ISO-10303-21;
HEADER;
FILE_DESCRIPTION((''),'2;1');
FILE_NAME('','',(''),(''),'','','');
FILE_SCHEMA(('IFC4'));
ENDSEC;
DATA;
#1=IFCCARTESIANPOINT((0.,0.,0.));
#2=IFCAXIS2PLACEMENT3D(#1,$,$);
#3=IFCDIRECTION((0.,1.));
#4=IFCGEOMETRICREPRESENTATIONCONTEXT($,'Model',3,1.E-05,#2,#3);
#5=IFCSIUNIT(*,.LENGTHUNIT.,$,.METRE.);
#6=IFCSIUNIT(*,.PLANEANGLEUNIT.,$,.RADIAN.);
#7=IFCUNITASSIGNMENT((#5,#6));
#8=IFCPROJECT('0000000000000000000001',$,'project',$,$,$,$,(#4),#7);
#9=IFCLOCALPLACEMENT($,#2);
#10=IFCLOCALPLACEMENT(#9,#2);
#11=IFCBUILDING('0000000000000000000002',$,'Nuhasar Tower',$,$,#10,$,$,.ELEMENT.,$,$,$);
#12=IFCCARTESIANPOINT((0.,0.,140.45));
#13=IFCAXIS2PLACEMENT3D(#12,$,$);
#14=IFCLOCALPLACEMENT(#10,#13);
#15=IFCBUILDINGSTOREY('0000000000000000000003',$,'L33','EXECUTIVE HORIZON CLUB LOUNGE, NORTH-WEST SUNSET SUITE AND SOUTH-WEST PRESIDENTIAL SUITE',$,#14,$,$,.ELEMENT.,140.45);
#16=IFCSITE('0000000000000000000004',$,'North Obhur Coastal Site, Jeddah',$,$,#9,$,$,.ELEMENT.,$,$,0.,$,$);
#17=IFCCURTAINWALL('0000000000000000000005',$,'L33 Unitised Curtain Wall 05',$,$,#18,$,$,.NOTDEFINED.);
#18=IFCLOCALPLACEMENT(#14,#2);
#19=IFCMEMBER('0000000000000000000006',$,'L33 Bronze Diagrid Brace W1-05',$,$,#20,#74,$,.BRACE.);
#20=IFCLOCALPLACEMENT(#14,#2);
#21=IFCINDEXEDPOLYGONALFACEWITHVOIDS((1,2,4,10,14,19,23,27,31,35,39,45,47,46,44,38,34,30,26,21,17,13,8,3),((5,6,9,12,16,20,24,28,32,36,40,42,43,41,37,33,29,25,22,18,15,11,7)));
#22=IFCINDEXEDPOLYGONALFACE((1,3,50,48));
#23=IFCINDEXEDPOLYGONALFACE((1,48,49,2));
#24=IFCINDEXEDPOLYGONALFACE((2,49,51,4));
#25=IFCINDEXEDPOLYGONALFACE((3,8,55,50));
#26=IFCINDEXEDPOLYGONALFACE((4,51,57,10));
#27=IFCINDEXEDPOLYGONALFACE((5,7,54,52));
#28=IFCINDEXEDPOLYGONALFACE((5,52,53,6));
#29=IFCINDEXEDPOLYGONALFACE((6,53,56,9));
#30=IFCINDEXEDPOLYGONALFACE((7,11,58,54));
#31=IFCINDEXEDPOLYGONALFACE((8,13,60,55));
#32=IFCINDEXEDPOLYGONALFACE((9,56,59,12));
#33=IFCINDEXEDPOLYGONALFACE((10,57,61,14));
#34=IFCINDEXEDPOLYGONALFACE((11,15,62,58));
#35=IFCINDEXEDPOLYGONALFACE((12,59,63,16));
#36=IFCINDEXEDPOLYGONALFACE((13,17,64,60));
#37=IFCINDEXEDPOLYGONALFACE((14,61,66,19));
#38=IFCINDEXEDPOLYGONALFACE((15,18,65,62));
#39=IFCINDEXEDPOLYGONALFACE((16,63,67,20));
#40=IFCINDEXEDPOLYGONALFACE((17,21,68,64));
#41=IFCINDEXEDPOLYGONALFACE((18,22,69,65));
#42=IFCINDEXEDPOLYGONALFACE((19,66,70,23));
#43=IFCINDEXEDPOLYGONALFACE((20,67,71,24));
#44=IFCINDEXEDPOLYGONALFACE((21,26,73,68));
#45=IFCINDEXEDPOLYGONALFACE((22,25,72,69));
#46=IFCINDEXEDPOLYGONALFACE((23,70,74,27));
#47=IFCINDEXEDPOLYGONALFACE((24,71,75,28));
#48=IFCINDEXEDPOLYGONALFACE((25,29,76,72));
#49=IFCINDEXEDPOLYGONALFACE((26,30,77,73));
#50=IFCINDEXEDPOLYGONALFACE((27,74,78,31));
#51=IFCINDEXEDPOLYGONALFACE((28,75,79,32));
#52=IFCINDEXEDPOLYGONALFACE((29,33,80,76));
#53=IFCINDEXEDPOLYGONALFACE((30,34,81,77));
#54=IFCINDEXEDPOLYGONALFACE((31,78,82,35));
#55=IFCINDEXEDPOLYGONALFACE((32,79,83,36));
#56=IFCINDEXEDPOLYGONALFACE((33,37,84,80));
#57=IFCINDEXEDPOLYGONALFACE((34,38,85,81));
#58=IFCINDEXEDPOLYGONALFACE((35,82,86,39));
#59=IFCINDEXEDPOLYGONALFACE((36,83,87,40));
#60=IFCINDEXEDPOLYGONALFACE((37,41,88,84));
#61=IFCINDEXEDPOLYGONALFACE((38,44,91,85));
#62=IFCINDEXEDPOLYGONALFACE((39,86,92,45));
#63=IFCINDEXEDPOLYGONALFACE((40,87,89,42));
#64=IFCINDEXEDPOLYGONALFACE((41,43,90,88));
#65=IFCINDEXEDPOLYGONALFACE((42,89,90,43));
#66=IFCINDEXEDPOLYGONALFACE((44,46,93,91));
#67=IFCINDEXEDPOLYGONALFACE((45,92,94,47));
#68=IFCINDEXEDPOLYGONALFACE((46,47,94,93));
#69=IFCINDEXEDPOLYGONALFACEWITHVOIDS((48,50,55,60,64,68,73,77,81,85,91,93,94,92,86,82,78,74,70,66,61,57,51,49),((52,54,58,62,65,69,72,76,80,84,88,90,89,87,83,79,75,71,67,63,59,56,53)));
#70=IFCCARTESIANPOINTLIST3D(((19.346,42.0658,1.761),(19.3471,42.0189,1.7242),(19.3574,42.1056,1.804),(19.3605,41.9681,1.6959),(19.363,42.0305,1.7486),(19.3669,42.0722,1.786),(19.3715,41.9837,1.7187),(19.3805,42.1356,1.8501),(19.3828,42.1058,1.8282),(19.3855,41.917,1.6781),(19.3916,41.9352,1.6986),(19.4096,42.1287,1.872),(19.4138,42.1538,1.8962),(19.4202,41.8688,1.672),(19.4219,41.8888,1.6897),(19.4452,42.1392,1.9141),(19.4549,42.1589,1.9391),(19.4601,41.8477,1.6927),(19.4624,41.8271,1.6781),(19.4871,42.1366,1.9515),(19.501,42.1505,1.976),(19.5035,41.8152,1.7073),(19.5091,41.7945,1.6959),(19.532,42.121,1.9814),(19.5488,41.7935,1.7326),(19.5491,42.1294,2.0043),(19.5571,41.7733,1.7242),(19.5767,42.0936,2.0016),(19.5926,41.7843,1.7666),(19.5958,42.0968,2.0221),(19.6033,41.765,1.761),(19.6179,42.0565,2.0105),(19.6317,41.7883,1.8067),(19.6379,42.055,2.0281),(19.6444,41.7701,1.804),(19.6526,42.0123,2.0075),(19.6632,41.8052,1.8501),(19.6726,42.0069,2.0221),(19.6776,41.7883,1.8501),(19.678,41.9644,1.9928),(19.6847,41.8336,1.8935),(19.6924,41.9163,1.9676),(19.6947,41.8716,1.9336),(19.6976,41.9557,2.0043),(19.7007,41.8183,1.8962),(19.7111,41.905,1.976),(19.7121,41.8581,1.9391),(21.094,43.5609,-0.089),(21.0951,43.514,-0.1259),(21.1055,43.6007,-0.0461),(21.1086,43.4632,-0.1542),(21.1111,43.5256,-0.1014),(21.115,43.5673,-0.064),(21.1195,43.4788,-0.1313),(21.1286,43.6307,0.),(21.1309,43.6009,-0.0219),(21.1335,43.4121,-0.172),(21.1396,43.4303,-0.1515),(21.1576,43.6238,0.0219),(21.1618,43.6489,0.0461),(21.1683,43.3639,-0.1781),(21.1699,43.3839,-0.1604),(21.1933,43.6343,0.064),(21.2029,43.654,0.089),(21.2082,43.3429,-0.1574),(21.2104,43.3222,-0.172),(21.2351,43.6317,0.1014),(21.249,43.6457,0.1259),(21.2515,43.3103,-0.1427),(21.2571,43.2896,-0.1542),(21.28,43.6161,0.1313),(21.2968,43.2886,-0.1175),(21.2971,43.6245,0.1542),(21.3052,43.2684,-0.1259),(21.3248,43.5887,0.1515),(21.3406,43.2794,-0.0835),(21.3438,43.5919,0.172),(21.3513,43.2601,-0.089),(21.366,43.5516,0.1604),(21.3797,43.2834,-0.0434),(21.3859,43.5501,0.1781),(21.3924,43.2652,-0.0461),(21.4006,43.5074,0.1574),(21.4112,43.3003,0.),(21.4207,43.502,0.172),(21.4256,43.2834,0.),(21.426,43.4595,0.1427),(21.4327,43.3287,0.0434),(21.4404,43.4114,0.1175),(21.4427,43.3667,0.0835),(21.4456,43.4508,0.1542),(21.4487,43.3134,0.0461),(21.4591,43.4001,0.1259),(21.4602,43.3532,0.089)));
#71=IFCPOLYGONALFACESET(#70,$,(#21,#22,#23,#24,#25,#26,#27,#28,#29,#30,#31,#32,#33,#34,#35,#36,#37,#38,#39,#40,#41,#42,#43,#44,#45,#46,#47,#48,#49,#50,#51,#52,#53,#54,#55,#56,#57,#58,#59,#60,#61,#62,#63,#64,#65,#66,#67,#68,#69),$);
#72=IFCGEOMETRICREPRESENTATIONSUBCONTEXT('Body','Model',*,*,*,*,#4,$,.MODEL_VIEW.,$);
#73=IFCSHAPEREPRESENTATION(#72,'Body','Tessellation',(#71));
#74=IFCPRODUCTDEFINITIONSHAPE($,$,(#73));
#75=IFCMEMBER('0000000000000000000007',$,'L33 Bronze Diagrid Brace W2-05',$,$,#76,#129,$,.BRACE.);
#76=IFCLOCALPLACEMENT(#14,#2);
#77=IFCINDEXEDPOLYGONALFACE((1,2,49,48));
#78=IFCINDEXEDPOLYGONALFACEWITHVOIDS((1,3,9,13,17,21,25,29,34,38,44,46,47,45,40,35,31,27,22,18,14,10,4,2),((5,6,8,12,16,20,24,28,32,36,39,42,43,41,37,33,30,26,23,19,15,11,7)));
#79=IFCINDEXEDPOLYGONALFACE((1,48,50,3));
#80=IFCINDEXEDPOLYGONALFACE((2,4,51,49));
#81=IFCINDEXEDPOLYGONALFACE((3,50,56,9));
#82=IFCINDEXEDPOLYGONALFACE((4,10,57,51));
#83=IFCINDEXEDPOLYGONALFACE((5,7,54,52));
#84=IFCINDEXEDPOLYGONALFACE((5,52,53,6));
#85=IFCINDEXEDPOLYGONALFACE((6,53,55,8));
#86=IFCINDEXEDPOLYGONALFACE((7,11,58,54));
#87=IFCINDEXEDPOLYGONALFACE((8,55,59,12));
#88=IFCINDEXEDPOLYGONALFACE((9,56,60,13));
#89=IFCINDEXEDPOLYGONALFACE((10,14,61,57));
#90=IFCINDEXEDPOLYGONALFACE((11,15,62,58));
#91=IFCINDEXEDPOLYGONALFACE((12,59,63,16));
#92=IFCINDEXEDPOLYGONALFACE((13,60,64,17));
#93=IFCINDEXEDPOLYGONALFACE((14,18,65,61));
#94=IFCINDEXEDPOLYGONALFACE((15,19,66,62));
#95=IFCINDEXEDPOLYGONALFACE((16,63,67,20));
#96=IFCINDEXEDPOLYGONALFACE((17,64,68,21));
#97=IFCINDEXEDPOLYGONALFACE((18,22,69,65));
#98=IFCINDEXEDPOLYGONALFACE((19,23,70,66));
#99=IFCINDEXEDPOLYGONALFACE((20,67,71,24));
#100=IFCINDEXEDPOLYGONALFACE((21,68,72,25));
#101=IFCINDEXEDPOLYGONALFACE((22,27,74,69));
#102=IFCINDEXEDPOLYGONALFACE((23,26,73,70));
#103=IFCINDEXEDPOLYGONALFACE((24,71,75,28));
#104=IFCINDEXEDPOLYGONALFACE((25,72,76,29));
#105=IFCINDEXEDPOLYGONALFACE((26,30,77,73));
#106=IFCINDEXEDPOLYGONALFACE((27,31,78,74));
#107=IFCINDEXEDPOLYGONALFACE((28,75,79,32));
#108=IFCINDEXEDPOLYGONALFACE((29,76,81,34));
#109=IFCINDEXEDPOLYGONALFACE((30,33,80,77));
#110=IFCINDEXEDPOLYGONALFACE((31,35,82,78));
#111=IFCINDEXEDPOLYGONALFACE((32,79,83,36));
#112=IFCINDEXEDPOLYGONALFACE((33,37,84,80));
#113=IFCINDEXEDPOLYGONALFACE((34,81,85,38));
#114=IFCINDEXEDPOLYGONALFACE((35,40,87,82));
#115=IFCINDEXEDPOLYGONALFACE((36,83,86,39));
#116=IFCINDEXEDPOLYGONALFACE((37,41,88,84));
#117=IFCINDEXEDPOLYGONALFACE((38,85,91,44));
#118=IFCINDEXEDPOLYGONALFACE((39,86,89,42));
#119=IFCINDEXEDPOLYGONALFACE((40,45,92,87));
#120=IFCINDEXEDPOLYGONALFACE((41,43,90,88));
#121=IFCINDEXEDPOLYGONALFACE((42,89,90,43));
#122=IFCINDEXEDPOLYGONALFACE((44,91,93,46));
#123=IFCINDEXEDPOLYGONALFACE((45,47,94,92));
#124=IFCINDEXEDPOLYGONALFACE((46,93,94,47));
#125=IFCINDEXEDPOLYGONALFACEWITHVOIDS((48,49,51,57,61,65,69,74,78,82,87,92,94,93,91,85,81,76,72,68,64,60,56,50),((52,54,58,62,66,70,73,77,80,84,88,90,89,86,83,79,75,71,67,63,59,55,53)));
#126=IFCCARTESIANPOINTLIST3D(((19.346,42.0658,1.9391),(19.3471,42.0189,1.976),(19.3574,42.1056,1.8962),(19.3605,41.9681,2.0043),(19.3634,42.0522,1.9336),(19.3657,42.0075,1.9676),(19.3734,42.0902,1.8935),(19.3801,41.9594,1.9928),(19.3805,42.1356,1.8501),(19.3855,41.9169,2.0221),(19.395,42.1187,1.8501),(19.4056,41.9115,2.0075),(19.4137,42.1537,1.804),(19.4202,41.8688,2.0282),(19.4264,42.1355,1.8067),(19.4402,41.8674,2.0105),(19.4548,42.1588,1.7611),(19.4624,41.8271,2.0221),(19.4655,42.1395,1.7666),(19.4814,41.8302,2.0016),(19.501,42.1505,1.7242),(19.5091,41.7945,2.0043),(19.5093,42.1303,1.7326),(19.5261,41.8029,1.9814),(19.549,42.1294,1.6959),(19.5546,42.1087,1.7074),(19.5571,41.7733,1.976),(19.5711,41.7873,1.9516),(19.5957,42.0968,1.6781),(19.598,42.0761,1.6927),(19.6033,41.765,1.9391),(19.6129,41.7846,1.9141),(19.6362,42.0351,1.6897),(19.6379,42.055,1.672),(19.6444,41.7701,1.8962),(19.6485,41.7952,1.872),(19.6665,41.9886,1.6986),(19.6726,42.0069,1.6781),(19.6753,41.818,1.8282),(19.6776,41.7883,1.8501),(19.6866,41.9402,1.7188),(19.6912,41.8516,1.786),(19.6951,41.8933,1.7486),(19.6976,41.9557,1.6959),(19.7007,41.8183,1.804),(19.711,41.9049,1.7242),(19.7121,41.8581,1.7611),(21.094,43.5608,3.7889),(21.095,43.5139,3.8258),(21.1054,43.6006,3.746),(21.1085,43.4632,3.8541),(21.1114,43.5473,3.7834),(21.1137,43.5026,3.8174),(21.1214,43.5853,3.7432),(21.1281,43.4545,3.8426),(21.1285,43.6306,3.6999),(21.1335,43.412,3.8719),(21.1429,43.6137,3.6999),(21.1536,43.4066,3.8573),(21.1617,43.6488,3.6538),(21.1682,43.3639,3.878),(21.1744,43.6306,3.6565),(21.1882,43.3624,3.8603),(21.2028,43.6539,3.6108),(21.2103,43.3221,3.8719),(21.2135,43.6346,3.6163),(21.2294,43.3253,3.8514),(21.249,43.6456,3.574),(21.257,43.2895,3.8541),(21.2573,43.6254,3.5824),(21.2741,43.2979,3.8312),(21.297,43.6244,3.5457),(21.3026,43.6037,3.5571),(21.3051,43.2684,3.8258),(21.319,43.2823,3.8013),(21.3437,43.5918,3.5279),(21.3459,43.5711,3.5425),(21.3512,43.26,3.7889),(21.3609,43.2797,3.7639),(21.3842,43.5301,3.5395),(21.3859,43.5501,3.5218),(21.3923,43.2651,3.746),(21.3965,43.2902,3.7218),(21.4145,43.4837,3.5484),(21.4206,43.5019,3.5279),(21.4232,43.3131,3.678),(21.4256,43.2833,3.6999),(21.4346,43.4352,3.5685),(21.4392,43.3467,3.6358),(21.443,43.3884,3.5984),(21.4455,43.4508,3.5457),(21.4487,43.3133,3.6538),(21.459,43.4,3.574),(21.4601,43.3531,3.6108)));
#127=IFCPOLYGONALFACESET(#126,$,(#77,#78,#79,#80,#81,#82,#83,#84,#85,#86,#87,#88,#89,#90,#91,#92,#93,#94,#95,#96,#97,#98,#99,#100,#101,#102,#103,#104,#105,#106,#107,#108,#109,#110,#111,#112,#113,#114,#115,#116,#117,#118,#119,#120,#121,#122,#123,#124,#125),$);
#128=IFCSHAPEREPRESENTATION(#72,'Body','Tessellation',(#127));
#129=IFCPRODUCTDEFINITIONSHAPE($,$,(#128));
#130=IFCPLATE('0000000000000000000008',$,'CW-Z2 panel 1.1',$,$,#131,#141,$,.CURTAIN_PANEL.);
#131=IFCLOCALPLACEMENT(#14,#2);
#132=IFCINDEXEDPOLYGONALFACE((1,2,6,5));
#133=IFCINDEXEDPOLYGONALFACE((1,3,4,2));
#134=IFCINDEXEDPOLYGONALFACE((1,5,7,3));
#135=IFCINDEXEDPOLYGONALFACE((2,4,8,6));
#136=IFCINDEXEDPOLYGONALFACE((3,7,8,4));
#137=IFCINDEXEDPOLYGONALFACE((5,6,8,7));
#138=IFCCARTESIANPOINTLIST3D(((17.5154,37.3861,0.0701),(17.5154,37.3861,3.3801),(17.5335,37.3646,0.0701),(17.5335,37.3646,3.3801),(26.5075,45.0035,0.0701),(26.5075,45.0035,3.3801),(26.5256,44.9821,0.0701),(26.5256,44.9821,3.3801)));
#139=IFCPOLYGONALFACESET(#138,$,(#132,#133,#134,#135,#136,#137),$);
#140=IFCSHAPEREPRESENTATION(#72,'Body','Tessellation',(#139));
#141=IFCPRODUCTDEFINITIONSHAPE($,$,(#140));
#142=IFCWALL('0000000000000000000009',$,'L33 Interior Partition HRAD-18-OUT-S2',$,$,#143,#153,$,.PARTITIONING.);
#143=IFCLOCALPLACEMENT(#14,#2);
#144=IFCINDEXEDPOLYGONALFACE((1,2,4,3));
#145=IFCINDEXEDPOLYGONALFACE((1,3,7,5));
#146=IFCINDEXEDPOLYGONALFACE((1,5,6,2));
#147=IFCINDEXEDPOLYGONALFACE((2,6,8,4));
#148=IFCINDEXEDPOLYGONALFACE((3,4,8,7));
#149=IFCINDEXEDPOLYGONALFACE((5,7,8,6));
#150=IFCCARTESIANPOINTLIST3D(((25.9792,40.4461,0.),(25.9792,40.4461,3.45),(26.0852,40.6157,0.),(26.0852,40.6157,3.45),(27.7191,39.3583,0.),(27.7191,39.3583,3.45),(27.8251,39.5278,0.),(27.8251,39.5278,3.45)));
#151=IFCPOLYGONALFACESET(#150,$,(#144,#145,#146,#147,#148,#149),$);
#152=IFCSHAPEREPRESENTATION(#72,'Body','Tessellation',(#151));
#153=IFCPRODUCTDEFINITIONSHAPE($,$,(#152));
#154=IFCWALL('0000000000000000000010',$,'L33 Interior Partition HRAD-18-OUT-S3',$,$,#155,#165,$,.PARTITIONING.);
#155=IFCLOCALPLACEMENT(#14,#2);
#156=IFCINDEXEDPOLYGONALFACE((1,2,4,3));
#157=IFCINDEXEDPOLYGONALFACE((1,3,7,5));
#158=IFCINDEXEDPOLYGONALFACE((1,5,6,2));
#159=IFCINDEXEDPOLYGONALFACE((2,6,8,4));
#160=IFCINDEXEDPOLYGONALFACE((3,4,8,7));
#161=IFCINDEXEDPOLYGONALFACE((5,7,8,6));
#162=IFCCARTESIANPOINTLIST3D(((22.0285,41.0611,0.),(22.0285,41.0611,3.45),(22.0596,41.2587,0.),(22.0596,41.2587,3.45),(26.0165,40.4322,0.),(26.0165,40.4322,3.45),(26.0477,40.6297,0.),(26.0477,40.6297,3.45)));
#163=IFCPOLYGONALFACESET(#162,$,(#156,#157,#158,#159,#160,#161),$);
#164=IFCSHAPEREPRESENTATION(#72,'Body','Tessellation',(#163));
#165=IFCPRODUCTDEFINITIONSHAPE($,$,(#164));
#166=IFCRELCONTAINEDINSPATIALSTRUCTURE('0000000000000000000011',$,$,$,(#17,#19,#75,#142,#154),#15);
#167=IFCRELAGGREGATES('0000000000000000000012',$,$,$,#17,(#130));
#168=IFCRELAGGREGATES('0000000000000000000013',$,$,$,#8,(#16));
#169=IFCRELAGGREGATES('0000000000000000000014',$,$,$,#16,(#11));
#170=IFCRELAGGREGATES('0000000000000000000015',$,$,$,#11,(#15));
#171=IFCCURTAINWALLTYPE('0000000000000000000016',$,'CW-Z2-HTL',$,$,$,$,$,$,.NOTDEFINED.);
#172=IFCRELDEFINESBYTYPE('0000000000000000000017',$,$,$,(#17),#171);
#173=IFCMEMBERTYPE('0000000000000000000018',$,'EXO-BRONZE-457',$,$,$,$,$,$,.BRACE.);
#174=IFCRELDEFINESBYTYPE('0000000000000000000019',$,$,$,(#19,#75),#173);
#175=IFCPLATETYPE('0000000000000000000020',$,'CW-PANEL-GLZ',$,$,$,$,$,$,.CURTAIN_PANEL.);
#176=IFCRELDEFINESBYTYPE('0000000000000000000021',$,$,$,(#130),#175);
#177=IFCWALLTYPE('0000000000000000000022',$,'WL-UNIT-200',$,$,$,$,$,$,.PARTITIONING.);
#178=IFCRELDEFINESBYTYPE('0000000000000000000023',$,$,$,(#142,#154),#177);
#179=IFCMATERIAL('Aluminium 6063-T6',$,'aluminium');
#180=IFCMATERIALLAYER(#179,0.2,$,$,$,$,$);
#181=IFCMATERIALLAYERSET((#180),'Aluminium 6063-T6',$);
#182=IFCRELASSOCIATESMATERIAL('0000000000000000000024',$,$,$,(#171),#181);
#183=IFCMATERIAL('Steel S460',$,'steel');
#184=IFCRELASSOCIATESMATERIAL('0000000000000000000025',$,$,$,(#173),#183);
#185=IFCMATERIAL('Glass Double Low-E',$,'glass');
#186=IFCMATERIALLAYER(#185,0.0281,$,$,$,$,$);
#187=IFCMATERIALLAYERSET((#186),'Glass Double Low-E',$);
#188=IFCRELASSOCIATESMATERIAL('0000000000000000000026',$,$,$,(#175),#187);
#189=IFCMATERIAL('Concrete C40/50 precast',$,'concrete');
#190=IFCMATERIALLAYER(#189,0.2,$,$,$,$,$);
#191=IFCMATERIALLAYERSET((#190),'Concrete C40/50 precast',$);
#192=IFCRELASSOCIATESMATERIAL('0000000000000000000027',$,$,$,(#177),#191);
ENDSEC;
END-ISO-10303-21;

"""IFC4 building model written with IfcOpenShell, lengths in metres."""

from ifc_helpers import new_model, si_unit, direction, frame, frame_2d, origin, origin_2d, place, context, subcontext, project, spatial, rectangle, hollow_circle, extrude, material, layer, layer_set, material_profile, profile_set, type_object, element, aggregate, save


model = new_model("IFC4")

# Units and contexts
model_context = context("Model", 3, precision=1e-05, world=origin(), true_north=direction((0.0, 1.0)))
body_context = subcontext(model_context, "Body", "Model", "MODEL_VIEW")
ifc_project = project(units=[si_unit("LENGTHUNIT", "METRE"), si_unit("PLANEANGLEUNIT", "RADIAN")], contexts=[model_context])

# Site, building, storey
site_placement = place(None, origin())
site = spatial("IfcSite", under=ifc_project, at=site_placement, Name="North Obhur Coastal Site, Jeddah", CompositionType="ELEMENT", RefElevation=0.0)
building_placement = place(site_placement, origin())
building = spatial("IfcBuilding", under=site, at=building_placement, Name="Nuhasar Tower", CompositionType="ELEMENT")
storey_placement = place(building_placement, frame((0.0, 0.0, 140.45)))
storey = spatial("IfcBuildingStorey", under=building, at=storey_placement, Name="L33", Description="EXECUTIVE HORIZON CLUB LOUNGE, NORTH-WEST SUNSET SUITE AND SOUTH-WEST PRESIDENTIAL SUITE", CompositionType="ELEMENT", Elevation=140.45)

# Shared definitions
ifc_material_1 = material(Name="Aluminium 6063-T6", Category="aluminium")
ifc_layer_1 = layer(ifc_material_1, 0.2)
ifc_layer_set_1 = layer_set([ifc_layer_1], Name="Aluminium 6063-T6")
curtain_wall_type = type_object("IfcCurtainWallType", Name="CW-Z2-HTL", PredefinedType="NOTDEFINED", material=ifc_layer_set_1)

# Curtain wall
curtain_wall_1_placement = place(storey_placement, origin())
curtain_wall_1 = element("IfcCurtainWall", 1, at=curtain_wall_1_placement, inside=storey, type_object=curtain_wall_type, Name="L33 Unitised Curtain Wall 05", PredefinedType="NOTDEFINED")

# Members
ifc_material_2 = material(Name="Steel S460", Category="steel")
ifc_material_profile_1 = material_profile(ifc_material_2, hollow_circle(Radius=0.2285, WallThickness=0.0222, at=origin_2d()), Name="HSS457X22.2")
ifc_profile_set_1 = profile_set([ifc_material_profile_1], Name="Steel S460")
member_type_1 = type_object("IfcMemberType", Name="EXO-BRONZE-457", PredefinedType="BRACE", material=ifc_profile_set_1)
member_1_placement = place(storey_placement, frame((21.2771, 43.457, 0.0), z_axis=(-0.59217, -0.506488, 0.626741), x_axis=(0.649987, -0.759945, 0.0)))
element("IfcMember", 2, at=member_1_placement, inside=storey, type_object=member_type_1, Name="L33 Bronze Diagrid Brace W1-05", PredefinedType="BRACE", context=body_context, shape_type="SweptSolid", body=[
    extrude(hollow_circle(Radius=0.2285, WallThickness=0.0222, at=origin_2d()), origin(), (0.0, 0.0, 1.0), 2.9519),
])
member_2_placement = place(storey_placement, frame((19.5291, 41.9619, 1.8501), z_axis=(0.592201, 0.506514, 0.626691), x_axis=(-0.649987, 0.759945, 0.0)))
element("IfcMember", 3, at=member_2_placement, inside=storey, type_object=member_type_1, Name="L33 Bronze Diagrid Brace W2-05", PredefinedType="BRACE", context=body_context, shape_type="SweptSolid", body=[
    extrude(hollow_circle(Radius=0.2285, WallThickness=0.0222, at=origin_2d()), origin(), (0.0, 0.0, 1.0), 2.9517),
])

# Plate
ifc_material_3 = material(Name="Glass Double Low-E", Category="glass")
ifc_layer_2 = layer(ifc_material_3, 0.0281)
ifc_layer_set_2 = layer_set([ifc_layer_2], Name="Glass Double Low-E")
plate_type = type_object("IfcPlateType", Name="CW-PANEL-GLZ", PredefinedType="CURTAIN_PANEL", material=ifc_layer_set_2)
plate_placement = place(storey_placement, frame((22.0205, 41.1841, 0.0701), z_axis=(0.0, 0.0, 1.0), x_axis=(-0.76302, -0.646374, 0.0)))
plate = element("IfcPlate", 4, at=plate_placement, type_object=plate_type, Name="CW-Z2 panel 1.1", PredefinedType="CURTAIN_PANEL", context=body_context, shape_type="SweptSolid", body=[
    extrude(rectangle(XDim=11.7849, YDim=0.0281, at=origin_2d()), origin(), (0.0, 0.0, 1.0), 3.3101),
])
aggregate(curtain_wall_1, [plate])

# Walls
ifc_material_4 = material(Name="Concrete C40/50 precast", Category="concrete")
ifc_layer_3 = layer(ifc_material_4, 0.2)
ifc_layer_set_3 = layer_set([ifc_layer_3], Name="Concrete C40/50 precast")
wall_type = type_object("IfcWallType", Name="WL-UNIT-200", PredefinedType="PARTITIONING", material=ifc_layer_set_3)
wall_1_placement = place(storey_placement, frame((27.772, 39.4431, 0.0), z_axis=(0.0, 0.0, 1.0), x_axis=(-0.847911, 0.530138, 0.0)))
element("IfcWall", 5, at=wall_1_placement, inside=storey, type_object=wall_type, Name="L33 Interior Partition HRAD-18-OUT-S2", PredefinedType="PARTITIONING", context=body_context, shape_type="SweptSolid", body=[
    extrude(rectangle(XDim=2.052, YDim=0.2, at=frame_2d((1.0259, 0.0))), origin(), (0.0, 0.0, 1.0), 3.45),
])
wall_2_placement = place(storey_placement, frame((26.032, 40.531, 0.0), z_axis=(0.0, 0.0, 1.0), x_axis=(-0.987793, 0.155773, 0.0)))
element("IfcWall", 6, at=wall_2_placement, inside=storey, type_object=wall_type, Name="L33 Interior Partition HRAD-18-OUT-S3", PredefinedType="PARTITIONING", context=body_context, shape_type="SweptSolid", body=[
    extrude(rectangle(XDim=4.0374, YDim=0.2, at=frame_2d((2.0186, 0.0))), origin(), (0.0, 0.0, 1.0), 3.45),
])

save(model, "model.ifc")
